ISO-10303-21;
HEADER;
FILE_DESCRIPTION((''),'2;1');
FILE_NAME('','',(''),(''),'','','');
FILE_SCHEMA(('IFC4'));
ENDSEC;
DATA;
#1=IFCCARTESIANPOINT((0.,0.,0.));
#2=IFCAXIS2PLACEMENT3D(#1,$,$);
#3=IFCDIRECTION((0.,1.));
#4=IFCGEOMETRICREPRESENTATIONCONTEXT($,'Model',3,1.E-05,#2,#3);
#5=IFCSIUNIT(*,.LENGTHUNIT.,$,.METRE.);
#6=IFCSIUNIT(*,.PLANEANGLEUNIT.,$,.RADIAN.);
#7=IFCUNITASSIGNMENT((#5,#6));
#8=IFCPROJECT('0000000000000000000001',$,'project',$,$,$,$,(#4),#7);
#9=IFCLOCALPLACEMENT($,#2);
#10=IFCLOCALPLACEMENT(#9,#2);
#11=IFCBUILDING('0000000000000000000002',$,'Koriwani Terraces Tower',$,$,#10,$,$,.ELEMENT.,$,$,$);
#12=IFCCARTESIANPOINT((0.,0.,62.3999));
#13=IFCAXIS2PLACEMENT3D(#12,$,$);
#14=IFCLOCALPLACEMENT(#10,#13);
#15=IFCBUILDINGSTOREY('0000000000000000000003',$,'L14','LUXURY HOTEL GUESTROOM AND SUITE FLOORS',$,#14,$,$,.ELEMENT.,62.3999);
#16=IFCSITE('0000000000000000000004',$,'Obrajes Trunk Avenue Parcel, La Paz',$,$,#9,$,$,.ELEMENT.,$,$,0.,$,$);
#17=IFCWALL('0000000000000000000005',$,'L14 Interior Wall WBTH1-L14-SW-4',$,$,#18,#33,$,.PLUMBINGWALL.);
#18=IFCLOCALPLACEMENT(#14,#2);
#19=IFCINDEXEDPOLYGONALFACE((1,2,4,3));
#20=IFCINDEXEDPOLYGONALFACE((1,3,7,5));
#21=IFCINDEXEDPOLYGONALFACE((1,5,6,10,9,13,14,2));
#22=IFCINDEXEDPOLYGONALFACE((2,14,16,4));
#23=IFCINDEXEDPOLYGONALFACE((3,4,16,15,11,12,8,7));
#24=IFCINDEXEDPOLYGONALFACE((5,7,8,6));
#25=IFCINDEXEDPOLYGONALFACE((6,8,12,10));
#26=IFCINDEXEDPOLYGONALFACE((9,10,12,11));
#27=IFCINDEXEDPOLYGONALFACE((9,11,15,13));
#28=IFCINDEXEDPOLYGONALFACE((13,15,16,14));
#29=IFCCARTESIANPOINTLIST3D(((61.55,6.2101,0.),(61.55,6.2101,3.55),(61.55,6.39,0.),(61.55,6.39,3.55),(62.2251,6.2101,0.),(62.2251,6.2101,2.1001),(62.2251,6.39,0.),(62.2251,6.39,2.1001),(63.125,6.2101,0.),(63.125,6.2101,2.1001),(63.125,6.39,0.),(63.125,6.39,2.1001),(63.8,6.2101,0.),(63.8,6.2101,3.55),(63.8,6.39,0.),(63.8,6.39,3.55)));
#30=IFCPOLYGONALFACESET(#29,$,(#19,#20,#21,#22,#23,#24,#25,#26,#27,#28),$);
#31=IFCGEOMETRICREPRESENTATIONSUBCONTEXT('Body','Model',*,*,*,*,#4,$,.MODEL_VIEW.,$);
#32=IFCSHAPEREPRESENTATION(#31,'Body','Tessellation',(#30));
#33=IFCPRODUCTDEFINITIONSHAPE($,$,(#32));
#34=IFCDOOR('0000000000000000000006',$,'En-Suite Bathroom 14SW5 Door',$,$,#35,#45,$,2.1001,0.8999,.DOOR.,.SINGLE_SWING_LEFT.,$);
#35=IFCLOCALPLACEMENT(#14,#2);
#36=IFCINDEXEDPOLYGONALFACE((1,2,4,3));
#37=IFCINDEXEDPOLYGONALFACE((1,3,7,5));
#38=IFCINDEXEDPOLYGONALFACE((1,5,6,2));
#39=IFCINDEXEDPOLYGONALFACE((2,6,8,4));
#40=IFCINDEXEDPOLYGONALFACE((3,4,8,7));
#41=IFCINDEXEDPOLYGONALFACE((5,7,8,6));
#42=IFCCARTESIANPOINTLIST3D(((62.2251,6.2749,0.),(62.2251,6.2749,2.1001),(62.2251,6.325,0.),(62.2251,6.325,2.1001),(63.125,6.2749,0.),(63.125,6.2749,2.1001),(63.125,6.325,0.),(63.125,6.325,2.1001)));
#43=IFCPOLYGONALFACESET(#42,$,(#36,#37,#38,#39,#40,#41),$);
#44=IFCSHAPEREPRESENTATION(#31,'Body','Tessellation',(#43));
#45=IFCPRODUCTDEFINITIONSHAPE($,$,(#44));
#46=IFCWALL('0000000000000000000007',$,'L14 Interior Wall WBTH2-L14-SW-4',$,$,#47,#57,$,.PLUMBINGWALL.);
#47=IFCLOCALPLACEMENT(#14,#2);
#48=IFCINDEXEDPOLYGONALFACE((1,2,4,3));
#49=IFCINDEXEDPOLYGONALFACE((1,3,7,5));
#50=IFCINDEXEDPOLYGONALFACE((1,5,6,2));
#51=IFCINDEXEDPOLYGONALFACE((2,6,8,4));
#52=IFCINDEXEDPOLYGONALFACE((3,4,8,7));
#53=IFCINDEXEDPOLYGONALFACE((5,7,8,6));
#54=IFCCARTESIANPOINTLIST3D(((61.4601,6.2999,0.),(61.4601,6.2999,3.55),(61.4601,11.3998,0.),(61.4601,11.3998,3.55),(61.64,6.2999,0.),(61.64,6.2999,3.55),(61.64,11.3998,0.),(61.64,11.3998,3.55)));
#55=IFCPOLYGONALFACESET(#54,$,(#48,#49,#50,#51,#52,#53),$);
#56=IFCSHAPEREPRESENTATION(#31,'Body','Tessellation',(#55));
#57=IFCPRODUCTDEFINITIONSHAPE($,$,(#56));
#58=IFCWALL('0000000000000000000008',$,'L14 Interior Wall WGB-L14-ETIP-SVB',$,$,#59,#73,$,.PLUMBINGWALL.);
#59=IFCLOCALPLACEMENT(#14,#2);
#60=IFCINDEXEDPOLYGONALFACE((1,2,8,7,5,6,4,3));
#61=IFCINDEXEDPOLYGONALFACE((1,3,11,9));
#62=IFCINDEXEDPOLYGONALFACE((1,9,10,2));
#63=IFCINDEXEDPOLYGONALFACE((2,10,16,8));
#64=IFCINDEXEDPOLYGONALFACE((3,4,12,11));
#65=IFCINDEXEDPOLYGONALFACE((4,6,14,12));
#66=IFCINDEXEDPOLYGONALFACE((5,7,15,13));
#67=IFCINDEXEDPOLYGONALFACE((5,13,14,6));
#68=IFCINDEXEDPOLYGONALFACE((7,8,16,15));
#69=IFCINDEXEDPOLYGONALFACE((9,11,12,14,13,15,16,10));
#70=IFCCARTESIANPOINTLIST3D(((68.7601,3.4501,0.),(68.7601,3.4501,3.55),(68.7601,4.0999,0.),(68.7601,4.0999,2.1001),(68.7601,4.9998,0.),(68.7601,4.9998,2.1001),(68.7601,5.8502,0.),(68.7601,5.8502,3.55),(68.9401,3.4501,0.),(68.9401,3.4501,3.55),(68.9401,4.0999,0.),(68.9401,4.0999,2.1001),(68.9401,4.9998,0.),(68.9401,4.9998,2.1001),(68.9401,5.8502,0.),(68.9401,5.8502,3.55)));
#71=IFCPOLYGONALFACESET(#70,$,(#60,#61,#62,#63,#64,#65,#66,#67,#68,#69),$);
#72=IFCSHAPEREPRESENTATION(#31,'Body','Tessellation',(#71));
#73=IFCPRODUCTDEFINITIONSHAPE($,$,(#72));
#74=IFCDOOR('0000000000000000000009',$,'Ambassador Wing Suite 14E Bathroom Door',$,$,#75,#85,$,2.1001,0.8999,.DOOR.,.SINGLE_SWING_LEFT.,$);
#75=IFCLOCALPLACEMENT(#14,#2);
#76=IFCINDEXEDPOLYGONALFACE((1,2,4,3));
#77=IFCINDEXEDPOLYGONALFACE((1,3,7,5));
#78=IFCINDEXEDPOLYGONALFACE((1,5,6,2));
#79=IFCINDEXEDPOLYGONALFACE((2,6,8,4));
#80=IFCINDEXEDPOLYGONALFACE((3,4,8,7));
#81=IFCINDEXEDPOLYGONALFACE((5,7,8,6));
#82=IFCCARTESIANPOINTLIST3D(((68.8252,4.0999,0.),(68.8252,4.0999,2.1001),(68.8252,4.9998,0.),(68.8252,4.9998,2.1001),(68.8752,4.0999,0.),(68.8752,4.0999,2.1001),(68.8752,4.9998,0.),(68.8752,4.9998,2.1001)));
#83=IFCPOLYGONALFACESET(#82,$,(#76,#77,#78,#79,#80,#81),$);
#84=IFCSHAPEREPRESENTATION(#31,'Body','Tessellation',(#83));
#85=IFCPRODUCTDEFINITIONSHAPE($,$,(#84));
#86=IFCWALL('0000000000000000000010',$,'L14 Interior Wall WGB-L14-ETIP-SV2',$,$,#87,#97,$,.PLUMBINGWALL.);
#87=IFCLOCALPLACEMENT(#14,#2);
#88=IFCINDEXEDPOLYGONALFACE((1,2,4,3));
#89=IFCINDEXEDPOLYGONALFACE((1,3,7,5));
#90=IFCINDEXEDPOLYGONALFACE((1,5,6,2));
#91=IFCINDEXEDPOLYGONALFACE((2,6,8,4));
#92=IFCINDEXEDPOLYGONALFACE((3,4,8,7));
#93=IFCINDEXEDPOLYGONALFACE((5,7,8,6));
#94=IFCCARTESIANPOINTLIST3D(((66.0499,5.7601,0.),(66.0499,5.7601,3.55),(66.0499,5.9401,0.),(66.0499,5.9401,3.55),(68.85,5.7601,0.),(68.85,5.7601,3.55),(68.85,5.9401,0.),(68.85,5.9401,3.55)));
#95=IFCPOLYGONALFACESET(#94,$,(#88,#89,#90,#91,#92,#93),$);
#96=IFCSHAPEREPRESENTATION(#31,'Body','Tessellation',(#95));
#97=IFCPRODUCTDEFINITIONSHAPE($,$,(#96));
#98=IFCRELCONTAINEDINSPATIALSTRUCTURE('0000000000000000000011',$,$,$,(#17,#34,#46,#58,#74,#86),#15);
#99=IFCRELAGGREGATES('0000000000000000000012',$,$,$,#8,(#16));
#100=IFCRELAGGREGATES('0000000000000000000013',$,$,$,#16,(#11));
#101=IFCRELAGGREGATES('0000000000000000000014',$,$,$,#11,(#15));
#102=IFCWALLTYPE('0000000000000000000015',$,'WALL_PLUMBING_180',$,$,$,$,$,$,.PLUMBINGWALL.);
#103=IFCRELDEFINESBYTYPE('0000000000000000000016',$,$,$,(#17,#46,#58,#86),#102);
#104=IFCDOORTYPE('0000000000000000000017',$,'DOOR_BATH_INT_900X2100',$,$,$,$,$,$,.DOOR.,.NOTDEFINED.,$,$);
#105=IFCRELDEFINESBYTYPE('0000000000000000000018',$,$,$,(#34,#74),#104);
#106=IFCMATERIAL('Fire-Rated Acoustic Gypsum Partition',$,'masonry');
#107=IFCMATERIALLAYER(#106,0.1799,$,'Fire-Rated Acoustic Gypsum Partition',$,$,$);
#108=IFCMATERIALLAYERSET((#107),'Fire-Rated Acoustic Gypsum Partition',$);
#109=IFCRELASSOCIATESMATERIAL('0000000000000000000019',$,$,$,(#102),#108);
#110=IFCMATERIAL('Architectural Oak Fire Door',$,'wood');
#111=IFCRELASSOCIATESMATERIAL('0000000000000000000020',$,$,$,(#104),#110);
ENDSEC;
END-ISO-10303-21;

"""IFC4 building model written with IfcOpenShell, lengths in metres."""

from ifc_helpers import new_model, si_unit, direction, frame, frame_2d, origin, place, context, subcontext, project, spatial, rectangle, extrude, material, layer, layer_set, type_object, element, fill, save


model = new_model("IFC4")

# Units and contexts
model_context = context("Model", 3, precision=1e-05, world=origin(), true_north=direction((0.0, 1.0)))
body_context = subcontext(model_context, "Body", "Model", "MODEL_VIEW")
ifc_project = project(units=[si_unit("LENGTHUNIT", "METRE"), si_unit("PLANEANGLEUNIT", "RADIAN")], contexts=[model_context])

# Site, building, storey
site_placement = place(None, origin())
site = spatial("IfcSite", under=ifc_project, at=site_placement, Name="Obrajes Trunk Avenue Parcel, La Paz", CompositionType="ELEMENT", RefElevation=0.0)
building_placement = place(site_placement, origin())
building = spatial("IfcBuilding", under=site, at=building_placement, Name="Koriwani Terraces Tower", CompositionType="ELEMENT")
storey_placement = place(building_placement, frame((0.0, 0.0, 62.3999)))
storey = spatial("IfcBuildingStorey", under=building, at=storey_placement, Name="L14", Description="LUXURY HOTEL GUESTROOM AND SUITE FLOORS", CompositionType="ELEMENT", Elevation=62.3999)

# Shared definitions
ifc_material_1 = material(Name="Architectural Oak Fire Door", Category="wood")

# Wall, opening, door
ifc_material_2 = material(Name="Fire-Rated Acoustic Gypsum Partition", Category="masonry")
ifc_layer_1 = layer(ifc_material_2, 0.1799, Name="Fire-Rated Acoustic Gypsum Partition")
ifc_layer_set_1 = layer_set([ifc_layer_1], Name="Fire-Rated Acoustic Gypsum Partition")
wall_type_1 = type_object("IfcWallType", Name="WALL_PLUMBING_180", PredefinedType="PLUMBINGWALL", material=ifc_layer_set_1)
wall_1_placement = place(storey_placement, frame((61.55, 6.3, 0.0), z_axis=(0.0, 0.0, 1.0), x_axis=(1.0, 0.0, 0.0)))
wall_1 = element("IfcWall", 1, at=wall_1_placement, inside=storey, type_object=wall_type_1, Name="L14 Interior Wall WBTH1-L14-SW-4", PredefinedType="PLUMBINGWALL", context=body_context, shape_type="SweptSolid", body=[
    extrude(rectangle(XDim=2.25, YDim=0.1799, at=frame_2d((1.125, 0.0))), origin(), (0.0, 0.0, 1.0), 3.55),
])
opening_1_placement = place(wall_1_placement, frame((0.675, 0.0, 0.0)))
opening_1 = element("IfcOpeningElement", 2, at=opening_1_placement, cuts=wall_1, PredefinedType="OPENING", context=body_context, shape_type="SweptSolid", body=[
    extrude(rectangle(XDim=0.8999, YDim=2.1001, at=frame_2d((0.45, 1.05))), frame((0.0, 0.1001, 0.0), z_axis=(0.0, -1.0, 0.0), x_axis=(1.0, 0.0, 0.0)), (0.0, 0.0, 1.0), 0.2),
])
door_type_1 = type_object("IfcDoorType", Name="DOOR_BATH_INT_900X2100", OperationType="NOTDEFINED", PredefinedType="DOOR", material=ifc_material_1)
door_1_placement = place(opening_1_placement, origin())
door_1 = element("IfcDoor", 3, at=door_1_placement, inside=storey, type_object=door_type_1, Name="En-Suite Bathroom 14SW5 Door", OperationType="SINGLE_SWING_LEFT", OverallHeight=2.1001, OverallWidth=0.8999, PredefinedType="DOOR", context=body_context, shape_type="SweptSolid", body=[
    extrude(rectangle(XDim=0.8999, YDim=2.1001, at=frame_2d((0.45, 1.05))), frame((0.0, 0.0249, 0.0), z_axis=(0.0, -1.0, 0.0), x_axis=(1.0, 0.0, 0.0)), (0.0, 0.0, 1.0), 0.05),
])
fill(opening_1, door_1)

# Wall
wall_2_placement = place(storey_placement, frame((61.55, 6.3, 0.0), z_axis=(0.0, 0.0, 1.0), x_axis=(0.0, 1.0, 0.0)))
element("IfcWall", 4, at=wall_2_placement, inside=storey, type_object=wall_type_1, Name="L14 Interior Wall WBTH2-L14-SW-4", PredefinedType="PLUMBINGWALL", context=body_context, shape_type="SweptSolid", body=[
    extrude(rectangle(XDim=5.0999, YDim=0.1799, at=frame_2d((2.5498, 0.0))), origin(), (0.0, 0.0, 1.0), 3.55),
])

# Wall, opening, door
wall_3_placement = place(storey_placement, frame((68.8501, 3.45, 0.0), z_axis=(0.0, 0.0, 1.0), x_axis=(0.0, 1.0, 0.0)))
wall_3 = element("IfcWall", 5, at=wall_3_placement, inside=storey, type_object=wall_type_1, Name="L14 Interior Wall WGB-L14-ETIP-SVB", PredefinedType="PLUMBINGWALL", context=body_context, shape_type="SweptSolid", body=[
    extrude(rectangle(XDim=2.4001, YDim=0.1799, at=frame_2d((1.2002, 0.0))), origin(), (0.0, 0.0, 1.0), 3.55),
])
opening_2_placement = place(wall_3_placement, frame((0.6499, 0.0, 0.0)))
opening_2 = element("IfcOpeningElement", 6, at=opening_2_placement, cuts=wall_3, PredefinedType="OPENING", context=body_context, shape_type="SweptSolid", body=[
    extrude(rectangle(XDim=0.8999, YDim=2.1001, at=frame_2d((0.45, 1.05))), frame((0.0, 0.1001, 0.0), z_axis=(0.0, -1.0, 0.0), x_axis=(1.0, 0.0, 0.0)), (0.0, 0.0, 1.0), 0.2),
])
door_2_placement = place(opening_2_placement, origin())
door_2 = element("IfcDoor", 7, at=door_2_placement, inside=storey, type_object=door_type_1, Name="Ambassador Wing Suite 14E Bathroom Door", OperationType="SINGLE_SWING_LEFT", OverallHeight=2.1001, OverallWidth=0.8999, PredefinedType="DOOR", context=body_context, shape_type="SweptSolid", body=[
    extrude(rectangle(XDim=0.8999, YDim=2.1001, at=frame_2d((0.45, 1.05))), frame((0.0, 0.0249, 0.0), z_axis=(0.0, -1.0, 0.0), x_axis=(1.0, 0.0, 0.0)), (0.0, 0.0, 1.0), 0.05),
])
fill(opening_2, door_2)

# Wall
wall_4_placement = place(storey_placement, frame((66.05, 5.8501, 0.0), z_axis=(0.0, 0.0, 1.0), x_axis=(1.0, 0.0, 0.0)))
element("IfcWall", 8, at=wall_4_placement, inside=storey, type_object=wall_type_1, Name="L14 Interior Wall WGB-L14-ETIP-SV2", PredefinedType="PLUMBINGWALL", context=body_context, shape_type="SweptSolid", body=[
    extrude(rectangle(XDim=2.8, YDim=0.1799, at=frame_2d((1.3999, 0.0))), origin(), (0.0, 0.0, 1.0), 3.55),
])

save(model, "model.ifc")
